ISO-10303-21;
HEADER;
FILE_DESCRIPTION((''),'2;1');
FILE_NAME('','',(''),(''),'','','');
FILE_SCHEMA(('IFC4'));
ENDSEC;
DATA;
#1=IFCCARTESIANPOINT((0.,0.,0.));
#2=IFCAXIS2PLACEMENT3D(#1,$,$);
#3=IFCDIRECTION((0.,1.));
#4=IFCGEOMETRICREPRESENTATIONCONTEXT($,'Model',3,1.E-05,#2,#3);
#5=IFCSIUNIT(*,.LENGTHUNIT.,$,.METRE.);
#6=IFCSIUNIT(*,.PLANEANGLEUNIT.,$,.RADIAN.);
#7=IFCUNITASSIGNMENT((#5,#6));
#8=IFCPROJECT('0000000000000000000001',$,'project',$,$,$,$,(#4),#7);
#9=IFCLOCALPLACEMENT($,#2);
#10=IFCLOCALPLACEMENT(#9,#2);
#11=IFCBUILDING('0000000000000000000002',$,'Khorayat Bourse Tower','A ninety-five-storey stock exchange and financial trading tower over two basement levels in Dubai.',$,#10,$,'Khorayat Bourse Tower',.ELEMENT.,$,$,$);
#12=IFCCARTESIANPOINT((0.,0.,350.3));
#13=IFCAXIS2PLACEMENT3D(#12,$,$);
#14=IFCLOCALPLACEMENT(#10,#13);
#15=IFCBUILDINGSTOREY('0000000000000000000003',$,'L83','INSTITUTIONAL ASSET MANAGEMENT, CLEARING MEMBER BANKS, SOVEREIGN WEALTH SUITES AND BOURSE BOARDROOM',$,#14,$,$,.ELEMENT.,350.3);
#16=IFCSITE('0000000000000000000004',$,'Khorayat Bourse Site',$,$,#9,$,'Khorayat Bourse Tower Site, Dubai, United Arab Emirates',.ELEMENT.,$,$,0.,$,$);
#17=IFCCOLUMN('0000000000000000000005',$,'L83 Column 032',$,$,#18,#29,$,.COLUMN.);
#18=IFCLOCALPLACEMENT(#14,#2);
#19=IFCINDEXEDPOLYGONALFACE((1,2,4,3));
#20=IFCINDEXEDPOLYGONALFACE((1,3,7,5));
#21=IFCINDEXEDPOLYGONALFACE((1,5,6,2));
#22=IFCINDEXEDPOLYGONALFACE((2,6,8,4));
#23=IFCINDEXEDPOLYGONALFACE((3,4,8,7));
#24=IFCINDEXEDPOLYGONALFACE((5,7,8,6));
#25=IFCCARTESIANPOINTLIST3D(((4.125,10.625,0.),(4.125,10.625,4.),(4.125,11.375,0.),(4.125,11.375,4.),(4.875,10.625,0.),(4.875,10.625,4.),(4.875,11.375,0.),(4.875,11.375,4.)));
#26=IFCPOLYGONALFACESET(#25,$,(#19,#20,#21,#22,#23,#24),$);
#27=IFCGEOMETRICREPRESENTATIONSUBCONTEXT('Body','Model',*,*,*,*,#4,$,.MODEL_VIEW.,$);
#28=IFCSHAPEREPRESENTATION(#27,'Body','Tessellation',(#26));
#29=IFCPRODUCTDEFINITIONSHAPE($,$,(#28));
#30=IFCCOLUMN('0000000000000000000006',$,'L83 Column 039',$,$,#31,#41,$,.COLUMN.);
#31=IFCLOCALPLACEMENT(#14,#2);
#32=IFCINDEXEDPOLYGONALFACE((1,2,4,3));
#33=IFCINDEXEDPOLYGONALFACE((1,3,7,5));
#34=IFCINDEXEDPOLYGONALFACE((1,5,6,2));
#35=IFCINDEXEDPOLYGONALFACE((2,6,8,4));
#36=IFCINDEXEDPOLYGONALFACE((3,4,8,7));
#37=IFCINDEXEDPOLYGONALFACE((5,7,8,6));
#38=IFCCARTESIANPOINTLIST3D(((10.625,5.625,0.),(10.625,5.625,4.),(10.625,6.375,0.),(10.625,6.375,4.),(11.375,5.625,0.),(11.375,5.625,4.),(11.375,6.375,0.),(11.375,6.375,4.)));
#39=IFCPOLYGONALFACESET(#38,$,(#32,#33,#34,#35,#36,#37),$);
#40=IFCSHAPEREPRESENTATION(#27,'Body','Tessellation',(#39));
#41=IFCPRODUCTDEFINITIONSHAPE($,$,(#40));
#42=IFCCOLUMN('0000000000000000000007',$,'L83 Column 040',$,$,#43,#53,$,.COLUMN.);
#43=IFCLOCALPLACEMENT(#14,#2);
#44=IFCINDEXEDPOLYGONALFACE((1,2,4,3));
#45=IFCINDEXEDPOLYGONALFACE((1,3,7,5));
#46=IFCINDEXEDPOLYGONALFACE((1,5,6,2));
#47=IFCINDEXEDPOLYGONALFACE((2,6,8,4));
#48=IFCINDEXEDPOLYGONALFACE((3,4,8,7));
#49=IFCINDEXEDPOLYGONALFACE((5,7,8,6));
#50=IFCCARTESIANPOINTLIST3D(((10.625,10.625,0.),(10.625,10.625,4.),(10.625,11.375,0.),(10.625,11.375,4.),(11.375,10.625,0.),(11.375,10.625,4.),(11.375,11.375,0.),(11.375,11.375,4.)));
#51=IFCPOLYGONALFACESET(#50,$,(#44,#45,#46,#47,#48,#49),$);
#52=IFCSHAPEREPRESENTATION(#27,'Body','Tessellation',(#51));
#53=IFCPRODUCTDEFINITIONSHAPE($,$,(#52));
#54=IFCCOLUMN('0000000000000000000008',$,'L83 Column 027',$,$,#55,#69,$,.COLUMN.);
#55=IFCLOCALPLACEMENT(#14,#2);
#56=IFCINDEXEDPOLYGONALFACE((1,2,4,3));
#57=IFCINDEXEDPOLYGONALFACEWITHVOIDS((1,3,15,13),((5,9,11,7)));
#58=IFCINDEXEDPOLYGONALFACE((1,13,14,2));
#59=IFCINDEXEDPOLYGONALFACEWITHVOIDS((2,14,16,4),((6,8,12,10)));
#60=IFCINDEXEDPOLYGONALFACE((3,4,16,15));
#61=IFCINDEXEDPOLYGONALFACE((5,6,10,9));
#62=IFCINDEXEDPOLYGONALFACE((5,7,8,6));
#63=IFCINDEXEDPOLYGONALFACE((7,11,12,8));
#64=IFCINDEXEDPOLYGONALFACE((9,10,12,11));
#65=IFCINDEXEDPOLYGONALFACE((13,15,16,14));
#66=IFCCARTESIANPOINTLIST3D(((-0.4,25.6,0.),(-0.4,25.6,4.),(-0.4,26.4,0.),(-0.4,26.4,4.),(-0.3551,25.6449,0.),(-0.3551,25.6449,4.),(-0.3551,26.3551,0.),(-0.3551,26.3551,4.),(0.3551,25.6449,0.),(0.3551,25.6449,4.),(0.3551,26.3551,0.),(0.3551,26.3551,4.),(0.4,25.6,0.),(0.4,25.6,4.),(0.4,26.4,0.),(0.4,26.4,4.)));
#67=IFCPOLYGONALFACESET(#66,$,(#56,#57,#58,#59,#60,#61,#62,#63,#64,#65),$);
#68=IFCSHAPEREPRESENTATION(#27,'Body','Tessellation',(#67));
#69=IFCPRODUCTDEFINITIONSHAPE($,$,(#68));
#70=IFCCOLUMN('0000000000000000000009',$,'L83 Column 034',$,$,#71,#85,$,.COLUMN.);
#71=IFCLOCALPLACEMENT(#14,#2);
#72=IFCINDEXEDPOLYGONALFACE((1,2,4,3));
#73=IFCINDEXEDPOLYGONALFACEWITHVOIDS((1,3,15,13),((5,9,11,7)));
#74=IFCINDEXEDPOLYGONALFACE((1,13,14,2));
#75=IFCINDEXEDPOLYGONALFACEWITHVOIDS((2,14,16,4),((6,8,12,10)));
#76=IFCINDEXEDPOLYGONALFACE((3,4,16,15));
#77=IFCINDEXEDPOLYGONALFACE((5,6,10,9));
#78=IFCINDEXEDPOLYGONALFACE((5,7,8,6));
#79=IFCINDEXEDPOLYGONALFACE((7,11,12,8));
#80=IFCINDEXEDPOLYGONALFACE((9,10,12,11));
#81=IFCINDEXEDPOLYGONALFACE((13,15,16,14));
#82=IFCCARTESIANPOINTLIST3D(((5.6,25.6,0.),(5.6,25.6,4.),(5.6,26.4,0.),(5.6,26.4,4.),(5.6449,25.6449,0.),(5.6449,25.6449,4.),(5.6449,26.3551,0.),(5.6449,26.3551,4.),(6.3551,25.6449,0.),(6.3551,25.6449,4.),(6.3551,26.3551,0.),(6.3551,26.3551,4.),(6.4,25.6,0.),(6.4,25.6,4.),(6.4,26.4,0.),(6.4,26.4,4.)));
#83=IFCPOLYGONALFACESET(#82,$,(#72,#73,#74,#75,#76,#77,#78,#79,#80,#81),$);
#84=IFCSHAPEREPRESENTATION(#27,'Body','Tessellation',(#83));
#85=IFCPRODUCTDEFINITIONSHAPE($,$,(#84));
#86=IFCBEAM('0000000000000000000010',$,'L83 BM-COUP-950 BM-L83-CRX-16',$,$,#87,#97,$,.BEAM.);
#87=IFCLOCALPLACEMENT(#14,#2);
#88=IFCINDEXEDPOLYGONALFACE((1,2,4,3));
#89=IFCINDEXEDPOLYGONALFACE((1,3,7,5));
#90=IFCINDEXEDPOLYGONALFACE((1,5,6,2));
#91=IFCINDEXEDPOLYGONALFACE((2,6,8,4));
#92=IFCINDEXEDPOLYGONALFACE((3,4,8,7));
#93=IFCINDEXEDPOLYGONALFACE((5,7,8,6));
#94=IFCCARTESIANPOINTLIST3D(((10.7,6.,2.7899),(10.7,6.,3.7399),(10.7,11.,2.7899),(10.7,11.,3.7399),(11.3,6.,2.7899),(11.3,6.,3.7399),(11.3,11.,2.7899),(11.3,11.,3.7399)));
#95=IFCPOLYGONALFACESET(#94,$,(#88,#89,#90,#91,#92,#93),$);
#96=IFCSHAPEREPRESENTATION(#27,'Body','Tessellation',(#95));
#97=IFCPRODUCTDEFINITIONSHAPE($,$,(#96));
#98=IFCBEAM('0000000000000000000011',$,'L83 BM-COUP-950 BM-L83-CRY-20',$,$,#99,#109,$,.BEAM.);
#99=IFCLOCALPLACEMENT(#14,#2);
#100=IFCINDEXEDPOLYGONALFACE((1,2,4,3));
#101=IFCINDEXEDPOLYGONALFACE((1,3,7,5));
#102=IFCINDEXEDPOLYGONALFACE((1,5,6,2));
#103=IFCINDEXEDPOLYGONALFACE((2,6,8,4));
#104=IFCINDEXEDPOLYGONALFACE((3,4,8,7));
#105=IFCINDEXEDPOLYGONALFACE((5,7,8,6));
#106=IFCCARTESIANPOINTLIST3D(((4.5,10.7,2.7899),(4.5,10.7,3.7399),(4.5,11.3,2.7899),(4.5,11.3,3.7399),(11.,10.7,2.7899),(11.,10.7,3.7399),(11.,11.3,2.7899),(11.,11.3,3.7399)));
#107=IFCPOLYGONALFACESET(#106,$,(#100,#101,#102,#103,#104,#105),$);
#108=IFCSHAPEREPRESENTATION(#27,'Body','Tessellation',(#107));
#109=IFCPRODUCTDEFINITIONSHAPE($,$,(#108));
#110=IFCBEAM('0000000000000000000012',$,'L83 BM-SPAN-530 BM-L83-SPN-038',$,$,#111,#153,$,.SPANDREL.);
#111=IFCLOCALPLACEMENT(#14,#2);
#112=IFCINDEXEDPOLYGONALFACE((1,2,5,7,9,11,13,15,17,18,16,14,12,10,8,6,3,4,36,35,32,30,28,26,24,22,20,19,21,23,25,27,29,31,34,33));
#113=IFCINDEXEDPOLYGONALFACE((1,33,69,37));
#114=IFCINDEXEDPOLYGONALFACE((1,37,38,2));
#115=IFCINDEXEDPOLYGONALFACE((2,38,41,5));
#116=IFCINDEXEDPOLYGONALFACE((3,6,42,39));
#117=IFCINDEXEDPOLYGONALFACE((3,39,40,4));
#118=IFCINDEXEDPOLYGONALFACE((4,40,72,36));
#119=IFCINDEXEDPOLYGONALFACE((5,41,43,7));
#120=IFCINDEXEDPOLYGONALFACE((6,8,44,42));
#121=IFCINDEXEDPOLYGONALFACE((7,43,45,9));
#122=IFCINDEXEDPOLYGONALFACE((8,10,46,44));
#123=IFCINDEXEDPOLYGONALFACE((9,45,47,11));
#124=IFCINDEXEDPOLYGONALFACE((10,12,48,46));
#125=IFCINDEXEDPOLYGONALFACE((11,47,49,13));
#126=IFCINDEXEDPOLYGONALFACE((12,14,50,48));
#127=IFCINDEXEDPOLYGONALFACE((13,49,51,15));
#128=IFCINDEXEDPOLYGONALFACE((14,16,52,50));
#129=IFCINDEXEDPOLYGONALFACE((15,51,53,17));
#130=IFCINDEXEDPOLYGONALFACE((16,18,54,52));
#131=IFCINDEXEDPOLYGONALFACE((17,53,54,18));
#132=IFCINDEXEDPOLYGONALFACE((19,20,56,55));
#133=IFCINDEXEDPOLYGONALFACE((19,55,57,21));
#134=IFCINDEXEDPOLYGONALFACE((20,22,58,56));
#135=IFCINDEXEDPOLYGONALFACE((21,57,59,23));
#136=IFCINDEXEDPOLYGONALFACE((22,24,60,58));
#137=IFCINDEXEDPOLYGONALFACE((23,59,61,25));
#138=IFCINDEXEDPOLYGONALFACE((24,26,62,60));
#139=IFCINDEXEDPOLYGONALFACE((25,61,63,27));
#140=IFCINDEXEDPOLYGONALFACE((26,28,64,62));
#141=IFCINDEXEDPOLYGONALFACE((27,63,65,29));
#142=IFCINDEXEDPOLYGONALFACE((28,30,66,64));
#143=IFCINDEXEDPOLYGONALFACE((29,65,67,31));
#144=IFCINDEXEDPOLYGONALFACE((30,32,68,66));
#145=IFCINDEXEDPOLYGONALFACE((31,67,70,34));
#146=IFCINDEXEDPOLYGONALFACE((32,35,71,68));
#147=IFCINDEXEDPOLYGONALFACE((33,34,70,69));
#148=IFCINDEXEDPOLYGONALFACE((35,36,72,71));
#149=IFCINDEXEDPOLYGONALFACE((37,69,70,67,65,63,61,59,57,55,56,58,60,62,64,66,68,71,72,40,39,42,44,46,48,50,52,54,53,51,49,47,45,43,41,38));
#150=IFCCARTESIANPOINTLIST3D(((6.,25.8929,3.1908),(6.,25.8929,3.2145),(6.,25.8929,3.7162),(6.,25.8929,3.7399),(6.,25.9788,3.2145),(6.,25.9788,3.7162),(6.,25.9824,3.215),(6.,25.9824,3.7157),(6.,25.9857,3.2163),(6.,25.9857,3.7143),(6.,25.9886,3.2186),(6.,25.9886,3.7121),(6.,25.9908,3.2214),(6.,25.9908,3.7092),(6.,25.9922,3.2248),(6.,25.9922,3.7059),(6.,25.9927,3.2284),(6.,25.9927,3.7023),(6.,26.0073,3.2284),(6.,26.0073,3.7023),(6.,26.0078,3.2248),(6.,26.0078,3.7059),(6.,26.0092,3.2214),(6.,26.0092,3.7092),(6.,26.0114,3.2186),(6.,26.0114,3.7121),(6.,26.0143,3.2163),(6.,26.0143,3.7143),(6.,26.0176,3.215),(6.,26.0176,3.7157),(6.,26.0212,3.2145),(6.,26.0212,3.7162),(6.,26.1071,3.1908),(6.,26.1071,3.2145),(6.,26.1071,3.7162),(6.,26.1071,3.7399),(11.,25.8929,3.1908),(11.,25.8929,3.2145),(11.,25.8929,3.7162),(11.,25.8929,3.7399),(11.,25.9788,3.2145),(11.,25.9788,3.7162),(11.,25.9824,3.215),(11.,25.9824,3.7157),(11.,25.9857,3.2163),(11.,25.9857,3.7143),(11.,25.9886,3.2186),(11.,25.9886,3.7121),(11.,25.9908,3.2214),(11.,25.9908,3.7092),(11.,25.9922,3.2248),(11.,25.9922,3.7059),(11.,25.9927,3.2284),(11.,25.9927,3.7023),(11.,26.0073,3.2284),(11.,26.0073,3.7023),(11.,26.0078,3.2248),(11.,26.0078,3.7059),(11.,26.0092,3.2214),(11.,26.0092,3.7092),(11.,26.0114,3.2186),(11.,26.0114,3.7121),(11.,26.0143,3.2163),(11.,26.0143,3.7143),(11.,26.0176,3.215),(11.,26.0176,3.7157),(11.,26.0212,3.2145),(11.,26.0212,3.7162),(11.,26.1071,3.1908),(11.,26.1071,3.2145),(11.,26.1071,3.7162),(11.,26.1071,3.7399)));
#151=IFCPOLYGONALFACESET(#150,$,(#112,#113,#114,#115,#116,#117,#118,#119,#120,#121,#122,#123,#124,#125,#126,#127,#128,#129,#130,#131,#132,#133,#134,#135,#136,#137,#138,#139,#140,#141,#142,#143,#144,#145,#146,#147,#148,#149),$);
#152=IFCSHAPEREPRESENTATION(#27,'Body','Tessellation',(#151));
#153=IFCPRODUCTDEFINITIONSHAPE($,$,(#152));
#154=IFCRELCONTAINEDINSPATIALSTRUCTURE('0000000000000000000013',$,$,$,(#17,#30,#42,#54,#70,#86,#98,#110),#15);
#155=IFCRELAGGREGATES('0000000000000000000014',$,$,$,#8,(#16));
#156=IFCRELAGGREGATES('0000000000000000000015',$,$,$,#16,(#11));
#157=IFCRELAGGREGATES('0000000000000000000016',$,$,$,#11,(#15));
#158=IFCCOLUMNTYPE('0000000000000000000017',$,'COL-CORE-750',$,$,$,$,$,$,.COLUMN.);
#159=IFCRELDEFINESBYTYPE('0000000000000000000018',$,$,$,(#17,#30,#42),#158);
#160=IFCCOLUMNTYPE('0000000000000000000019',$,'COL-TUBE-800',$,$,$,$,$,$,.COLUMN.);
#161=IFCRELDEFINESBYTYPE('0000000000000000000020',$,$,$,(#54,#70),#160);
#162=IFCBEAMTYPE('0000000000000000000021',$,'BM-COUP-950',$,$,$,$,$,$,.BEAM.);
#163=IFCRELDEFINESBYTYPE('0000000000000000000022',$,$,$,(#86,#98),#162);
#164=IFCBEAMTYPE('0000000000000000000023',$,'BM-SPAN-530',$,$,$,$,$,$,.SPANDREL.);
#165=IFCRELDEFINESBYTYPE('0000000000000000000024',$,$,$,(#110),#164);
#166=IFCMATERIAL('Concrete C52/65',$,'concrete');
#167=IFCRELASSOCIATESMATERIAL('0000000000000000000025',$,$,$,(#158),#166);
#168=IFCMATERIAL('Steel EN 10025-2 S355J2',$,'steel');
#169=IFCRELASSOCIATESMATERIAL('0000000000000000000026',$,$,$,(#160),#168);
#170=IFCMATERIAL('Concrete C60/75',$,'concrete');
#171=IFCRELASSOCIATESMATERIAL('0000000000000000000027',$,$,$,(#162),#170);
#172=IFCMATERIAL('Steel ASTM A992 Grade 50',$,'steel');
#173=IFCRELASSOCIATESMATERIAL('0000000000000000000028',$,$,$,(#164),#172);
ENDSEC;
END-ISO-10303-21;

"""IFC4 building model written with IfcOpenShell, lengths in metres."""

from ifc_helpers import new_model, si_unit, direction, frame, origin, origin_2d, place, context, subcontext, project, spatial, rectangle, hollow_rectangle, i_section, extrude, source, transform, mapped, material, material_profile, profile_set, type_object, element, save


model = new_model("IFC4")

# Units and contexts
model_context = context("Model", 3, precision=1e-05, world=origin(), true_north=direction((0.0, 1.0)))
body_context = subcontext(model_context, "Body", "Model", "MODEL_VIEW")
ifc_project = project(units=[si_unit("LENGTHUNIT", "METRE"), si_unit("PLANEANGLEUNIT", "RADIAN")], contexts=[model_context])

# Site, building, storey
site_placement = place(None, origin())
site = spatial("IfcSite", under=ifc_project, at=site_placement, Name="Khorayat Bourse Site", LongName="Khorayat Bourse Tower Site, Dubai, United Arab Emirates", CompositionType="ELEMENT", RefElevation=0.0)
building_placement = place(site_placement, origin())
building = spatial("IfcBuilding", under=site, at=building_placement, Name="Khorayat Bourse Tower", Description="A ninety-five-storey stock exchange and financial trading tower over two basement levels in Dubai.", LongName="Khorayat Bourse Tower", CompositionType="ELEMENT")
storey_placement = place(building_placement, frame((0.0, 0.0, 350.3)))
storey = spatial("IfcBuildingStorey", under=building, at=storey_placement, Name="L83", Description="INSTITUTIONAL ASSET MANAGEMENT, CLEARING MEMBER BANKS, SOVEREIGN WEALTH SUITES AND BOURSE BOARDROOM", CompositionType="ELEMENT", Elevation=350.3)

# Columns
ifc_material_1 = material(Name="Concrete C52/65", Category="concrete")
ifc_material_profile_1 = material_profile(ifc_material_1, rectangle(XDim=0.75, YDim=0.75, at=origin_2d()), Name="RC 750x750")
ifc_profile_set_1 = profile_set([ifc_material_profile_1], Name="Concrete C52/65")
column_type_1 = type_object("IfcColumnType", Name="COL-CORE-750", PredefinedType="COLUMN", material=ifc_profile_set_1)
shared_shape_1 = source(origin(), body_context, "Body", "SweptSolid", [
    extrude(rectangle(XDim=0.75, YDim=0.75, at=origin_2d()), origin(), (0.0, 0.0, 1.0), 4.0),
])
for number, where, z_axis, x_axis, name in (
    (1, (4.5, 11.0, 0.0), (0.0, 0.0, 1.0), (1.0, 0.0, 0.0), "L83 Column 032"),
    (2, (11.0, 6.0, 0.0), (0.0, 0.0, 1.0), (1.0, 0.0, 0.0), "L83 Column 039"),
    (3, (11.0, 11.0, 0.0), (0.0, 0.0, 1.0), (1.0, 0.0, 0.0), "L83 Column 040"),
):
    element("IfcColumn", number, at=place(storey_placement, frame(where, z_axis=z_axis, x_axis=x_axis)), inside=storey, type_object=column_type_1, Name=name, PredefinedType="COLUMN", context=body_context, shape_type="MappedRepresentation", body=[
        mapped(shared_shape_1, transform((0.0, 0.0, 0.0), scale=1.0)),
    ])
ifc_material_2 = material(Name="Steel EN 10025-2 S355J2", Category="steel")
ifc_material_profile_2 = material_profile(ifc_material_2, hollow_rectangle(XDim=0.8, YDim=0.8, WallThickness=0.0449, at=origin_2d()), Name="BOX 800x800x45")
ifc_profile_set_2 = profile_set([ifc_material_profile_2], Name="Steel EN 10025-2 S355J2")
column_type_2 = type_object("IfcColumnType", Name="COL-TUBE-800", PredefinedType="COLUMN", material=ifc_profile_set_2)
shared_shape_2 = source(origin(), body_context, "Body", "SweptSolid", [
    extrude(hollow_rectangle(XDim=0.8, YDim=0.8, WallThickness=0.0449, at=origin_2d()), origin(), (0.0, 0.0, 1.0), 4.0),
])
for number, where, z_axis, x_axis, name in (
    (4, (0.0, 26.0, 0.0), (0.0, 0.0, 1.0), (1.0, 0.0, 0.0), "L83 Column 027"),
    (5, (6.0, 26.0, 0.0), (0.0, 0.0, 1.0), (1.0, 0.0, 0.0), "L83 Column 034"),
):
    element("IfcColumn", number, at=place(storey_placement, frame(where, z_axis=z_axis, x_axis=x_axis)), inside=storey, type_object=column_type_2, Name=name, PredefinedType="COLUMN", context=body_context, shape_type="MappedRepresentation", body=[
        mapped(shared_shape_2, transform((0.0, 0.0, 0.0), scale=1.0)),
    ])

# Beams
ifc_material_3 = material(Name="Concrete C60/75", Category="concrete")
ifc_material_profile_3 = material_profile(ifc_material_3, rectangle(XDim=0.6001, YDim=0.95, at=origin_2d()), Name="RC 600x950")
ifc_profile_set_3 = profile_set([ifc_material_profile_3], Name="Concrete C60/75")
beam_type_1 = type_object("IfcBeamType", Name="BM-COUP-950", PredefinedType="BEAM", material=ifc_profile_set_3)
shared_shape_3 = source(origin(), body_context, "Body", "SweptSolid", [
    extrude(rectangle(XDim=0.6001, YDim=0.95, at=origin_2d()), origin(), (0.0, 0.0, 1.0), 5.0),
])
beam_1_placement = place(storey_placement, frame((11.0, 6.0, 3.2649), z_axis=(0.0, 1.0, 0.0), x_axis=(-1.0, 0.0, 0.0)))
element("IfcBeam", 6, at=beam_1_placement, inside=storey, type_object=beam_type_1, Name="L83 BM-COUP-950 BM-L83-CRX-16", PredefinedType="BEAM", context=body_context, shape_type="MappedRepresentation", body=[
    mapped(shared_shape_3, transform((0.0, 0.0, 0.0), scale=1.0)),
])
shared_shape_4 = source(origin(), body_context, "Body", "SweptSolid", [
    extrude(rectangle(XDim=0.6001, YDim=0.95, at=origin_2d()), origin(), (0.0, 0.0, 1.0), 6.5),
])
beam_2_placement = place(storey_placement, frame((4.5, 11.0, 3.2649), z_axis=(1.0, 0.0, 0.0), x_axis=(0.0, 1.0, 0.0)))
element("IfcBeam", 7, at=beam_2_placement, inside=storey, type_object=beam_type_1, Name="L83 BM-COUP-950 BM-L83-CRY-20", PredefinedType="BEAM", context=body_context, shape_type="MappedRepresentation", body=[
    mapped(shared_shape_4, transform((0.0, 0.0, 0.0), scale=1.0)),
])
ifc_material_4 = material(Name="Steel ASTM A992 Grade 50", Category="steel")
ifc_material_profile_4 = material_profile(ifc_material_4, i_section(OverallWidth=0.2141, OverallDepth=0.5491, WebThickness=0.0146, FlangeThickness=0.0237, FilletRadius=0.0139, at=origin_2d()), Name="W530X138")
ifc_profile_set_4 = profile_set([ifc_material_profile_4], Name="Steel ASTM A992 Grade 50")
beam_type_2 = type_object("IfcBeamType", Name="BM-SPAN-530", PredefinedType="SPANDREL", material=ifc_profile_set_4)
shared_shape_5 = source(origin(), body_context, "Body", "SweptSolid", [
    extrude(i_section(OverallWidth=0.2141, OverallDepth=0.5491, WebThickness=0.0146, FlangeThickness=0.0237, FilletRadius=0.0139, at=origin_2d()), origin(), (0.0, 0.0, 1.0), 5.0),
])
beam_3_placement = place(storey_placement, frame((6.0, 26.0, 3.4653), z_axis=(1.0, 0.0, 0.0), x_axis=(0.0, 1.0, 0.0)))
element("IfcBeam", 8, at=beam_3_placement, inside=storey, type_object=beam_type_2, Name="L83 BM-SPAN-530 BM-L83-SPN-038", PredefinedType="SPANDREL", context=body_context, shape_type="MappedRepresentation", body=[
    mapped(shared_shape_5, transform((0.0, 0.0, 0.0), scale=1.0)),
])

save(model, "model.ifc")
